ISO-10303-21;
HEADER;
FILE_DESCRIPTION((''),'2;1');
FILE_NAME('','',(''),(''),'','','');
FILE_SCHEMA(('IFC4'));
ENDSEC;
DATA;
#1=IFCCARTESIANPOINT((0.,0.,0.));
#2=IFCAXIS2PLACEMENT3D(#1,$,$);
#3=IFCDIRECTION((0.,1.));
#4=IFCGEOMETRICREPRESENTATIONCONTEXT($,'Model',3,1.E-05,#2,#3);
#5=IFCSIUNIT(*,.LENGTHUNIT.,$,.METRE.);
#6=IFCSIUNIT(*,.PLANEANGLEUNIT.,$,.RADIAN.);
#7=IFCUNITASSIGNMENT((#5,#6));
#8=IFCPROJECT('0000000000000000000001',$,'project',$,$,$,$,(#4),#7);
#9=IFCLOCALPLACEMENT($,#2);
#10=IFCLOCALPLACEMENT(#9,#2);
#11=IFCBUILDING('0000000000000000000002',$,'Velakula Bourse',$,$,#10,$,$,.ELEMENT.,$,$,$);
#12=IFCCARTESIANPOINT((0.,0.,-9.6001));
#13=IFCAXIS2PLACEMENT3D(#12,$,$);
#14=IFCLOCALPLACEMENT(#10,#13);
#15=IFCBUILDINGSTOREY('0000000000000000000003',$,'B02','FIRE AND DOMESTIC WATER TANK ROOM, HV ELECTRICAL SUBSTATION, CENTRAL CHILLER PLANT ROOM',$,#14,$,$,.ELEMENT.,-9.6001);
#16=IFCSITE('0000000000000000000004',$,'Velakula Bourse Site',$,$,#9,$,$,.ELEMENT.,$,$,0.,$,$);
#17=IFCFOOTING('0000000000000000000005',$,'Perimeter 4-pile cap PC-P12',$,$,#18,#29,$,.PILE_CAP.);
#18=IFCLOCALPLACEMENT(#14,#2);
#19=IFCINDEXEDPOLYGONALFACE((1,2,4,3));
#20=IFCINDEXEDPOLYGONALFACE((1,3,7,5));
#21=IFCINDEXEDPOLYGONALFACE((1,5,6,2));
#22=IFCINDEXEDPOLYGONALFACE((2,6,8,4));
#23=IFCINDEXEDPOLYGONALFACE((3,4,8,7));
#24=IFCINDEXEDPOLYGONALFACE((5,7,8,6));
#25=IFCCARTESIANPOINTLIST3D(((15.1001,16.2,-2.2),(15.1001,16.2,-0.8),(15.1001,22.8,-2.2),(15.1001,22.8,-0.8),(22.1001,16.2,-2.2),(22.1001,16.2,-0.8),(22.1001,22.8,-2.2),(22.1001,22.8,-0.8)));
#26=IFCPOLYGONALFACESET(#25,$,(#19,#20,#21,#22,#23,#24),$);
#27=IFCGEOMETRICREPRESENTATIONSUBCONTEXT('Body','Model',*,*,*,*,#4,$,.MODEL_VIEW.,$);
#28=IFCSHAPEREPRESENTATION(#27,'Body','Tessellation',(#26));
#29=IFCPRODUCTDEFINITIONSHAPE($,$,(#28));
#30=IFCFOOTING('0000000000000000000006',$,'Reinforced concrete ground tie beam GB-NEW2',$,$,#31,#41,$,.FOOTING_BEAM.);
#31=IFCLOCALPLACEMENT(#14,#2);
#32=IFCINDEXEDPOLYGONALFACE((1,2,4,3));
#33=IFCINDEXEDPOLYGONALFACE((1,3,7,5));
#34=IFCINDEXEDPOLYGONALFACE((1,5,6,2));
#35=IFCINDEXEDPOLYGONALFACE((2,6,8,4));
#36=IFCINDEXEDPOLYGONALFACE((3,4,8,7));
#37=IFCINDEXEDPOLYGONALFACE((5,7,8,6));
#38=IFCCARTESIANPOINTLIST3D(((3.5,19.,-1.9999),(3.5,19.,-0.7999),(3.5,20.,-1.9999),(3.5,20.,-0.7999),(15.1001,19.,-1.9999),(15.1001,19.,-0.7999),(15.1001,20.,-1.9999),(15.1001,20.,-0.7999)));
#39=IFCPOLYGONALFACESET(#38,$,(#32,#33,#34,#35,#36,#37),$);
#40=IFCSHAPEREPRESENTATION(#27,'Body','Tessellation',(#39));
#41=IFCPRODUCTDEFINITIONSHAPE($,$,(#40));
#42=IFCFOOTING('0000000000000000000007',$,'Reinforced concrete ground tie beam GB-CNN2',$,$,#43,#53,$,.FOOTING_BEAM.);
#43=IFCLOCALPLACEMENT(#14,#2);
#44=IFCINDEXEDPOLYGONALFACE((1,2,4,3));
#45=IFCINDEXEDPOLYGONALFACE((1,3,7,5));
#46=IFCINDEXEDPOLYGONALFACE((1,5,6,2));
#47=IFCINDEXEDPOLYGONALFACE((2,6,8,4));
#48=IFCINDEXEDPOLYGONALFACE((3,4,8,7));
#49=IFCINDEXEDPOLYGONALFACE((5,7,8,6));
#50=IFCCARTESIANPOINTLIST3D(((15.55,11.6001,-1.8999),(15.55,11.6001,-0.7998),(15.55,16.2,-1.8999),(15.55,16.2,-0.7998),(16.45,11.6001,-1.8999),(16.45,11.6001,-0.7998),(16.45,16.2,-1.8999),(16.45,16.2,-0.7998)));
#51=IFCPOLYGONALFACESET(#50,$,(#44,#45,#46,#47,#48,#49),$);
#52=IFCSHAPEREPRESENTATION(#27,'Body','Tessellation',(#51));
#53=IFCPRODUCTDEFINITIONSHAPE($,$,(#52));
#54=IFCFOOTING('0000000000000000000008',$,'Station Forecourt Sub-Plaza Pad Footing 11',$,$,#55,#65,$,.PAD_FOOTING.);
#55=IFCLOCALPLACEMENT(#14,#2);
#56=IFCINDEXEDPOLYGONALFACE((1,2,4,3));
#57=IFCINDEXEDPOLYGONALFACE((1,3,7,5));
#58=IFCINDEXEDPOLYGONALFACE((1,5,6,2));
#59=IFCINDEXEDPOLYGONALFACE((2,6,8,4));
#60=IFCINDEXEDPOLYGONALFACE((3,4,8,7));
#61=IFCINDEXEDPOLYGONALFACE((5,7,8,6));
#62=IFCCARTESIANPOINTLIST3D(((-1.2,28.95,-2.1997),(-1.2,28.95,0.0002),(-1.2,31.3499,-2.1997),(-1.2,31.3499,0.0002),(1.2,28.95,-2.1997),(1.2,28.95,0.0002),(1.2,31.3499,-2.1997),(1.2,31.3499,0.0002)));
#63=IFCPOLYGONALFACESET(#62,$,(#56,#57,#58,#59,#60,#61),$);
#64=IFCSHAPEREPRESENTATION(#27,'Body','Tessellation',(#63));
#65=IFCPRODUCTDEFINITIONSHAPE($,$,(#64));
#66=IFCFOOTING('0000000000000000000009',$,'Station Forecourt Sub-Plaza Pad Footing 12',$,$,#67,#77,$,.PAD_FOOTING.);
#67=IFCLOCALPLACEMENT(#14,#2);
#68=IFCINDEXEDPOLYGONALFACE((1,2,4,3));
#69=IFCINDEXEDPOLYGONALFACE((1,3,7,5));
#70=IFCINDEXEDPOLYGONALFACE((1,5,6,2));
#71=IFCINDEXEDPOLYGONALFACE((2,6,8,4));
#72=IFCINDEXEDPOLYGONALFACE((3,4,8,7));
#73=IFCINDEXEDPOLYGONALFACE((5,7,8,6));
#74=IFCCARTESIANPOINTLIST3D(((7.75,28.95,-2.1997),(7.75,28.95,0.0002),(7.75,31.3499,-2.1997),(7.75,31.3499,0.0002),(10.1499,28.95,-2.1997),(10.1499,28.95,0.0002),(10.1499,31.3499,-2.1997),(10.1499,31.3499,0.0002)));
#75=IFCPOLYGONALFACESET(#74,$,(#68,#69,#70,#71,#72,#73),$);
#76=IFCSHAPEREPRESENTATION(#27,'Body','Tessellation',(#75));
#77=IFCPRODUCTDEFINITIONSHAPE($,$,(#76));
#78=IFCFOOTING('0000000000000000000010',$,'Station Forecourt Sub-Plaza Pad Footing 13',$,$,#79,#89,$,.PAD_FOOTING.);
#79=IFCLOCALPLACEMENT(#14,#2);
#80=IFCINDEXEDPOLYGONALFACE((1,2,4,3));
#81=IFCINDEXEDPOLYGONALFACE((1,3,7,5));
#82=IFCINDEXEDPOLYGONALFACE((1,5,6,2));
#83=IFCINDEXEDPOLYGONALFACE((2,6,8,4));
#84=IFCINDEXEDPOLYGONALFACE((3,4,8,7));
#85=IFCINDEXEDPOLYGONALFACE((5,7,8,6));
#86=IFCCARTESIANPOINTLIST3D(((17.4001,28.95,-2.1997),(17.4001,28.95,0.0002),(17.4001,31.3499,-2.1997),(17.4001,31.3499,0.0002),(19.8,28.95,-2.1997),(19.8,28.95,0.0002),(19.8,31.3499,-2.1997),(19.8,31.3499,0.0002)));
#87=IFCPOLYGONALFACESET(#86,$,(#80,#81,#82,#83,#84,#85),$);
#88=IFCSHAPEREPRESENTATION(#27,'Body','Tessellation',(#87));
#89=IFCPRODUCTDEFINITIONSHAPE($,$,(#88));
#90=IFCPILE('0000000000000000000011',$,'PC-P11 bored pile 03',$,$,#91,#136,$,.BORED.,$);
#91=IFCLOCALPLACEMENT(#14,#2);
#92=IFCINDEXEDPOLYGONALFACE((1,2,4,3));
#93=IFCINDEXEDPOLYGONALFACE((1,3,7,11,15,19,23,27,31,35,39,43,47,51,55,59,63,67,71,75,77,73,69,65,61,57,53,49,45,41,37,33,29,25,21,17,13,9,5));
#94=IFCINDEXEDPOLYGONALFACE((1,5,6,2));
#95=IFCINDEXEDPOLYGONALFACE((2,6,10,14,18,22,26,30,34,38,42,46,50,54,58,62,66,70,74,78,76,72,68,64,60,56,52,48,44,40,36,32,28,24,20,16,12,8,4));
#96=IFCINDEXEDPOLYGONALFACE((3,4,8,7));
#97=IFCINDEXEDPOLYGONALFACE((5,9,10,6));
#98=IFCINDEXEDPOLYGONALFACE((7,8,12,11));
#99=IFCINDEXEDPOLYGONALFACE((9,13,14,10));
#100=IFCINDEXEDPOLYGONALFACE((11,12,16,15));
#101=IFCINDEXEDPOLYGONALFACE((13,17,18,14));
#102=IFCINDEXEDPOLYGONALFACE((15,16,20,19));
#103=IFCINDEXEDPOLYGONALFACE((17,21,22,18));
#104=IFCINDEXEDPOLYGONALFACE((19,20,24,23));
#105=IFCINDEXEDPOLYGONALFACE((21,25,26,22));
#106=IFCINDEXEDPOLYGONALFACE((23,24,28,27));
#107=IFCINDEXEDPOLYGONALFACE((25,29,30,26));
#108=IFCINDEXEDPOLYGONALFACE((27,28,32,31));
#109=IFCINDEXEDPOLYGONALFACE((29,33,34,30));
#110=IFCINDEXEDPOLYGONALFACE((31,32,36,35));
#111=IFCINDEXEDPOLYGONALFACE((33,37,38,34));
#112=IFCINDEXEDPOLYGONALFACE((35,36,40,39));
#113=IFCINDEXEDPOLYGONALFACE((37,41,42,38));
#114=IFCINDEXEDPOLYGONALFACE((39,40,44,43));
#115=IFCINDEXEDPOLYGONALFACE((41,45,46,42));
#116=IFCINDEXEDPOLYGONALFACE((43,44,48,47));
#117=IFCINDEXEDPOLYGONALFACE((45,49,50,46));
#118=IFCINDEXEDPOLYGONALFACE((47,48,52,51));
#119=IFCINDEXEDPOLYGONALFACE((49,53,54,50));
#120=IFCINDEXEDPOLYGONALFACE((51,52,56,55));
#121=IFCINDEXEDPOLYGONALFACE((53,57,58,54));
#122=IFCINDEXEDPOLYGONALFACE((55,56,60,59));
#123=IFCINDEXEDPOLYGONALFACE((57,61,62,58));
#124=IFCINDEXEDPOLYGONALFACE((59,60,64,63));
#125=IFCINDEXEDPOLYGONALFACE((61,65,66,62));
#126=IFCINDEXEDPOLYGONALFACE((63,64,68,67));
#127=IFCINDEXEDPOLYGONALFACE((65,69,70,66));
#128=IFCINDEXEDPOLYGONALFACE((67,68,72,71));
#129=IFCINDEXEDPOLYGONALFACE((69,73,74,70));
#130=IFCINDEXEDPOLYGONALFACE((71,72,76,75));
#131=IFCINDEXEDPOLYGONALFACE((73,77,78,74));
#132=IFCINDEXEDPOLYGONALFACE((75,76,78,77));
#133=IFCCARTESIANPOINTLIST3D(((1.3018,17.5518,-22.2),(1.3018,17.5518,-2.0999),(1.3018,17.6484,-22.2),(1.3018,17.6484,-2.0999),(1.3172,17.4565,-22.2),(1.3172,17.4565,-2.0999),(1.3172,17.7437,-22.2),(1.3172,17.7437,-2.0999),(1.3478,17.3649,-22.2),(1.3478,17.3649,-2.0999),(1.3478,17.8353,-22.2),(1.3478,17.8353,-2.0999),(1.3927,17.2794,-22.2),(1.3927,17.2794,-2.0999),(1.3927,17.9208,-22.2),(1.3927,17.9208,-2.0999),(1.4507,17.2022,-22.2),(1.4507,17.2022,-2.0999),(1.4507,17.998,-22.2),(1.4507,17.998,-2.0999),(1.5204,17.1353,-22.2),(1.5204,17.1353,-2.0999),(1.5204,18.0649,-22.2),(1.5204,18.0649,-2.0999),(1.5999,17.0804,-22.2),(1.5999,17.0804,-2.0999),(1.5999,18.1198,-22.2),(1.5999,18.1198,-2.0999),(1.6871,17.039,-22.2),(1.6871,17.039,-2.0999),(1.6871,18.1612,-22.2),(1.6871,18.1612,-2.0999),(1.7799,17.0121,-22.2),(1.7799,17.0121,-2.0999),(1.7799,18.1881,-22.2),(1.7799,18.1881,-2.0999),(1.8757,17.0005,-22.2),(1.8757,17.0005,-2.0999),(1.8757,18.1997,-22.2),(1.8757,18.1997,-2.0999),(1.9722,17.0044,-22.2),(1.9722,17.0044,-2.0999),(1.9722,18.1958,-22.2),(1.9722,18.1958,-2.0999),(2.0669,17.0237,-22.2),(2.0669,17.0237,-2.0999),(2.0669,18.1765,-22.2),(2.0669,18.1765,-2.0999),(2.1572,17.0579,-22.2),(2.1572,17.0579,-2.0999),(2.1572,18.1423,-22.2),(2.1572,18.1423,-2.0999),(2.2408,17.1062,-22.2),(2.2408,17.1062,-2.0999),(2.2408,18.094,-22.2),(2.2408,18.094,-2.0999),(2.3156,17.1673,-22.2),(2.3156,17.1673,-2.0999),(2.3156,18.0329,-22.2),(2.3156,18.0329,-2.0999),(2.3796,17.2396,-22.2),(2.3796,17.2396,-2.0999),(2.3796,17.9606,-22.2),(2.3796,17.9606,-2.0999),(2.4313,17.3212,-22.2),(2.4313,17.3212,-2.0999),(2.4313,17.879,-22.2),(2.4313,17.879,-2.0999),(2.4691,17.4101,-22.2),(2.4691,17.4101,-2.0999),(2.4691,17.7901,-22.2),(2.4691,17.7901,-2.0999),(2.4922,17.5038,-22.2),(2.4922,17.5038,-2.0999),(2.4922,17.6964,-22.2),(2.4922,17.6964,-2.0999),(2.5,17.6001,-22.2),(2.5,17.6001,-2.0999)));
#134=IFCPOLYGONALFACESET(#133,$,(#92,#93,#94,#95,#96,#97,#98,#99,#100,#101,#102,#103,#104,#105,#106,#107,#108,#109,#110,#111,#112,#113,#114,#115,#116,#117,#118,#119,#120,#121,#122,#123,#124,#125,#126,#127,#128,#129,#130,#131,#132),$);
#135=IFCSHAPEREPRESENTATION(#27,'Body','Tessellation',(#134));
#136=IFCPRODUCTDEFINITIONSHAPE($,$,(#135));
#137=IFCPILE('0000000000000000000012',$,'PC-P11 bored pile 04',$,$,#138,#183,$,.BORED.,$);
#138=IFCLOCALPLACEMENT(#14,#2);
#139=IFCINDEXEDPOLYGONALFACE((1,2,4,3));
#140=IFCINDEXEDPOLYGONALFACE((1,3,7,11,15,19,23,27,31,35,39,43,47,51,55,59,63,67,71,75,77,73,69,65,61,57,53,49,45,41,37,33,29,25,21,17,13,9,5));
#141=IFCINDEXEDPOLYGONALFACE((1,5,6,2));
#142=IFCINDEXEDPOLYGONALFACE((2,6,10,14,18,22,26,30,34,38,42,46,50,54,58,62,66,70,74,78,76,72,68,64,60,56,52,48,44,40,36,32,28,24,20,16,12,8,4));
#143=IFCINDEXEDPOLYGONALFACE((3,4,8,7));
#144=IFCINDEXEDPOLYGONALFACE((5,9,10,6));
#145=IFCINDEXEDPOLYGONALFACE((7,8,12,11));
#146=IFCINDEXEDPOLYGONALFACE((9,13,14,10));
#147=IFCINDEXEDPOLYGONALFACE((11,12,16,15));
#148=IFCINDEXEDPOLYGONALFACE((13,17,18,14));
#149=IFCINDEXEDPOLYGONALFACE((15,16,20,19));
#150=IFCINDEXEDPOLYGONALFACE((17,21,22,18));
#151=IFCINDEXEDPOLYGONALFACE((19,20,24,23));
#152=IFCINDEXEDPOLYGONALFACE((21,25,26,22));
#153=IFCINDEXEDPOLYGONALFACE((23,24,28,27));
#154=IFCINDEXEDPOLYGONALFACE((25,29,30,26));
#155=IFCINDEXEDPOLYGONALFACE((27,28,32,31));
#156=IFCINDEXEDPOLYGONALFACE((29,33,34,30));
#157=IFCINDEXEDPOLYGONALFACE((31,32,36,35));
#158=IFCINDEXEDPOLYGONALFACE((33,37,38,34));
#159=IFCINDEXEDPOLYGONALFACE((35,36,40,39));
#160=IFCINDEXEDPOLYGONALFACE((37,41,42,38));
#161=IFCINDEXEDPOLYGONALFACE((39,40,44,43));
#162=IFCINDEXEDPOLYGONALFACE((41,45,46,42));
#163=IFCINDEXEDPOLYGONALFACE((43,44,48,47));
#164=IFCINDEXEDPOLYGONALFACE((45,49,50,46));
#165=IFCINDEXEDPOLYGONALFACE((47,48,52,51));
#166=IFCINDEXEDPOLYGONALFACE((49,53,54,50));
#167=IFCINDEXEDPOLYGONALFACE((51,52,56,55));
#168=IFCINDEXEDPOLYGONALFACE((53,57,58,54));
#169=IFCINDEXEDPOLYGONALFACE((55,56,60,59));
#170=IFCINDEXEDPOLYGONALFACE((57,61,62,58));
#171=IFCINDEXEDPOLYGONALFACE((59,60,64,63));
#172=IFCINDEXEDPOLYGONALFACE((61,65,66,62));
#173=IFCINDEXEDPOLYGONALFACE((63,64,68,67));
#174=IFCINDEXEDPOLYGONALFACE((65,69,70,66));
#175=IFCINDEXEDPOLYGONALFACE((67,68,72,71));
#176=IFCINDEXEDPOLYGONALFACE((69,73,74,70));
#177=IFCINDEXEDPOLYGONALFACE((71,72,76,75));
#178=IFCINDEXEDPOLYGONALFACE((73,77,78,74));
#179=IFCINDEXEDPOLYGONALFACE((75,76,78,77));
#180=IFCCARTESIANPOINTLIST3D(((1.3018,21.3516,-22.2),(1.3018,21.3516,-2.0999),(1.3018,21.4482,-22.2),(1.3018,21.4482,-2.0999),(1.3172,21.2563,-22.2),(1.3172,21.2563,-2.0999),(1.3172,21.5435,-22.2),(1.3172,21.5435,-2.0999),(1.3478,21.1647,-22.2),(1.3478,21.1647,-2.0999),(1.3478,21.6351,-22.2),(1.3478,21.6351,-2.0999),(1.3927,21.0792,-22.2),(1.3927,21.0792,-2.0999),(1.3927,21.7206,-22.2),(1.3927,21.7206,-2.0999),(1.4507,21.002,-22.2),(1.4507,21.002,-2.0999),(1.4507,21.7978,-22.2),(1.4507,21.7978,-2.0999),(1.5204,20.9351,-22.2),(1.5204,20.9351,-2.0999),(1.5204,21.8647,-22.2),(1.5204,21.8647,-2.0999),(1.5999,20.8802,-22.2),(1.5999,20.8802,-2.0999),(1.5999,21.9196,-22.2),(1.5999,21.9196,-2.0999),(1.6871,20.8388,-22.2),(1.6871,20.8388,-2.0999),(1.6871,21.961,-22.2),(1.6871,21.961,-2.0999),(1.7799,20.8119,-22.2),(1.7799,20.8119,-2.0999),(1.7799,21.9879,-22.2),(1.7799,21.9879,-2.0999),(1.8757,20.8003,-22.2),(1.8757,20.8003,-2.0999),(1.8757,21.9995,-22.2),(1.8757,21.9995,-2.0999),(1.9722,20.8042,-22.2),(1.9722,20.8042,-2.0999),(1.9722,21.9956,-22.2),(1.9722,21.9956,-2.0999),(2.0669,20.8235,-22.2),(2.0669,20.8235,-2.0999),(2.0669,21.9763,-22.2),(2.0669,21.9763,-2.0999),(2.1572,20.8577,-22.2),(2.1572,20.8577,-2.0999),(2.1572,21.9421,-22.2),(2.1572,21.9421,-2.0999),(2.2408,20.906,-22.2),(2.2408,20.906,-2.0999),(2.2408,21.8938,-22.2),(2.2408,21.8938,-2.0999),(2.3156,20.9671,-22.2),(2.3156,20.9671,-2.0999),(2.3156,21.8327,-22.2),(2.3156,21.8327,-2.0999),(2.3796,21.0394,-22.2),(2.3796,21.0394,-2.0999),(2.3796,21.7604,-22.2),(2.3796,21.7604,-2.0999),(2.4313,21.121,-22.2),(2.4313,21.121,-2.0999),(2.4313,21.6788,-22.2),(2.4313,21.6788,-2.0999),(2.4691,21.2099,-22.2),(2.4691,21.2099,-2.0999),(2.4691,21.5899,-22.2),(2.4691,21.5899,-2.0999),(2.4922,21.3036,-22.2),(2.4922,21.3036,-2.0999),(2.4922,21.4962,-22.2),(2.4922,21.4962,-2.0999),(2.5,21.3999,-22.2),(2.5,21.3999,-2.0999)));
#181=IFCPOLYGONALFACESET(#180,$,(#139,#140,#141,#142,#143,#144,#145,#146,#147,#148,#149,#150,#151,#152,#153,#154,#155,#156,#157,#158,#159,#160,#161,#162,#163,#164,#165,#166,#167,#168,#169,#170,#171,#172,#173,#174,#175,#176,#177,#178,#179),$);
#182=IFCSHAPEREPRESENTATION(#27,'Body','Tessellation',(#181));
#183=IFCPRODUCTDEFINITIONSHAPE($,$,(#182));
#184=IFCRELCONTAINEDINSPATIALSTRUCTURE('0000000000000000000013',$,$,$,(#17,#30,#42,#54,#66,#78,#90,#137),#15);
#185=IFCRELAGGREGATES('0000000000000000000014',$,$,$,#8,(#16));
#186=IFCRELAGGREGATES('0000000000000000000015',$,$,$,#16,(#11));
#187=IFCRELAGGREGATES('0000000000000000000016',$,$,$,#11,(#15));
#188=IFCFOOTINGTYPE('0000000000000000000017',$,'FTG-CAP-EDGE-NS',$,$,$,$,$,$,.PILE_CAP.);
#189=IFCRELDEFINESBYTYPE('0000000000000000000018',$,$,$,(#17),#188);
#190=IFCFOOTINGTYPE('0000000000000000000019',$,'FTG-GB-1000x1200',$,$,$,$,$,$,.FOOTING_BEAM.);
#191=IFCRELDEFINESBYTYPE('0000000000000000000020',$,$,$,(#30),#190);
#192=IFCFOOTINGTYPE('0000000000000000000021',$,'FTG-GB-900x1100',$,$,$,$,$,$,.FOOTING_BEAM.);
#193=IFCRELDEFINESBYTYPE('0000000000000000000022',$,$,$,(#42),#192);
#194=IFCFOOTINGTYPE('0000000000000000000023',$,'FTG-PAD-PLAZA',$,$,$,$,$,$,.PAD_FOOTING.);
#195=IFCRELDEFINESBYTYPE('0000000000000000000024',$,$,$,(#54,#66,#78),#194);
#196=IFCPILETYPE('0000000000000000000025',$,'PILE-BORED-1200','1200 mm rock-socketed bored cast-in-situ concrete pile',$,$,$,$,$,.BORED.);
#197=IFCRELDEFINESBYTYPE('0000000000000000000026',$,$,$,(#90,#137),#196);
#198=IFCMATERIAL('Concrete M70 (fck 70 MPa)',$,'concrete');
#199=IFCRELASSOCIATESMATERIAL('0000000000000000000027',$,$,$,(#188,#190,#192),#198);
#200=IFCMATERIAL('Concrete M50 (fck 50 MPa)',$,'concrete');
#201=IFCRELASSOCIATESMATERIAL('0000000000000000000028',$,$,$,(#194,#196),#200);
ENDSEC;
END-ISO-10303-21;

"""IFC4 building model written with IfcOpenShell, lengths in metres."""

from ifc_helpers import new_model, si_unit, direction, frame, origin, origin_2d, place, context, subcontext, project, spatial, rectangle, circle, extrude, material, material_profile, profile_set, type_object, element, save


model = new_model("IFC4")

# Units and contexts
model_context = context("Model", 3, precision=1e-05, world=origin(), true_north=direction((0.0, 1.0)))
body_context = subcontext(model_context, "Body", "Model", "MODEL_VIEW")
ifc_project = project(units=[si_unit("LENGTHUNIT", "METRE"), si_unit("PLANEANGLEUNIT", "RADIAN")], contexts=[model_context])

# Site, building, storey
site_placement = place(None, origin())
site = spatial("IfcSite", under=ifc_project, at=site_placement, Name="Velakula Bourse Site", CompositionType="ELEMENT", RefElevation=0.0)
building_placement = place(site_placement, origin())
building = spatial("IfcBuilding", under=site, at=building_placement, Name="Velakula Bourse", CompositionType="ELEMENT")
storey_placement = place(building_placement, frame((0.0, 0.0, -9.6001)))
storey = spatial("IfcBuildingStorey", under=building, at=storey_placement, Name="B02", Description="FIRE AND DOMESTIC WATER TANK ROOM, HV ELECTRICAL SUBSTATION, CENTRAL CHILLER PLANT ROOM", CompositionType="ELEMENT", Elevation=-9.6001)

# Footings
ifc_material_1 = material(Name="Concrete M70 (fck 70 MPa)", Category="concrete")
footing_type_1 = type_object("IfcFootingType", Name="FTG-CAP-EDGE-NS", PredefinedType="PILE_CAP", material=ifc_material_1)
footing_1_placement = place(storey_placement, frame((18.6001, 19.5, -2.2), z_axis=(0.0, 0.0, 1.0), x_axis=(1.0, 0.0, 0.0)))
element("IfcFooting", 1, at=footing_1_placement, inside=storey, type_object=footing_type_1, Name="Perimeter 4-pile cap PC-P12", PredefinedType="PILE_CAP", context=body_context, shape_type="SweptSolid", body=[
    extrude(rectangle(XDim=7.0, YDim=6.6001, at=origin_2d()), origin(), (0.0, 0.0, 1.0), 1.3999),
])
ifc_material_profile_1 = material_profile(ifc_material_1, rectangle(XDim=1.0, YDim=1.2, at=origin_2d()), Name="Concrete M70 (fck 70 MPa)")
ifc_profile_set_1 = profile_set([ifc_material_profile_1], Name="Concrete M70 (fck 70 MPa)")
footing_type_2 = type_object("IfcFootingType", Name="FTG-GB-1000x1200", PredefinedType="FOOTING_BEAM", material=ifc_profile_set_1)
footing_2_placement = place(storey_placement, frame((3.5, 19.5, -1.3999), z_axis=(1.0, 0.0, 0.0), x_axis=(0.0, 1.0, 0.0)))
element("IfcFooting", 2, at=footing_2_placement, inside=storey, type_object=footing_type_2, Name="Reinforced concrete ground tie beam GB-NEW2", PredefinedType="FOOTING_BEAM", context=body_context, shape_type="SweptSolid", body=[
    extrude(rectangle(XDim=1.0, YDim=1.2, at=origin_2d()), origin(), (0.0, 0.0, 1.0), 11.6001),
])
ifc_material_profile_2 = material_profile(ifc_material_1, rectangle(XDim=0.8999, YDim=1.1001, at=origin_2d()), Name="Concrete M70 (fck 70 MPa)")
ifc_profile_set_2 = profile_set([ifc_material_profile_2], Name="Concrete M70 (fck 70 MPa)")
footing_type_3 = type_object("IfcFootingType", Name="FTG-GB-900x1100", PredefinedType="FOOTING_BEAM", material=ifc_profile_set_2)
footing_3_placement = place(storey_placement, frame((16.0, 11.6001, -1.3499), z_axis=(0.0, 1.0, 0.0), x_axis=(-1.0, 0.0, 0.0)))
element("IfcFooting", 3, at=footing_3_placement, inside=storey, type_object=footing_type_3, Name="Reinforced concrete ground tie beam GB-CNN2", PredefinedType="FOOTING_BEAM", context=body_context, shape_type="SweptSolid", body=[
    extrude(rectangle(XDim=0.8999, YDim=1.1001, at=origin_2d()), origin(), (0.0, 0.0, 1.0), 4.5999),
])
ifc_material_2 = material(Name="Concrete M50 (fck 50 MPa)", Category="concrete")
footing_type_4 = type_object("IfcFootingType", Name="FTG-PAD-PLAZA", PredefinedType="PAD_FOOTING", material=ifc_material_2)
for number, where, z_axis, x_axis, name in (
    (4, (0.0, 30.1499, -2.1997), (0.0, 0.0, 1.0), (1.0, 0.0, 0.0), "Station Forecourt Sub-Plaza Pad Footing 11"),
    (5, (8.95, 30.1499, -2.1997), (0.0, 0.0, 1.0), (1.0, 0.0, 0.0), "Station Forecourt Sub-Plaza Pad Footing 12"),
    (6, (18.6001, 30.1499, -2.1997), (0.0, 0.0, 1.0), (1.0, 0.0, 0.0), "Station Forecourt Sub-Plaza Pad Footing 13"),
):
    element("IfcFooting", number, at=place(storey_placement, frame(where, z_axis=z_axis, x_axis=x_axis)), inside=storey, type_object=footing_type_4, Name=name, PredefinedType="PAD_FOOTING", context=body_context, shape_type="SweptSolid", body=[
        extrude(rectangle(XDim=2.3999, YDim=2.3999, at=origin_2d()), origin(), (0.0, 0.0, 1.0), 2.2),
    ])

# Piles
ifc_material_profile_3 = material_profile(ifc_material_2, circle(Radius=0.6001, at=origin_2d()), Name="Concrete M50 (fck 50 MPa)")
ifc_profile_set_3 = profile_set([ifc_material_profile_3], Name="Concrete M50 (fck 50 MPa)")
pile_type_1 = type_object("IfcPileType", Name="PILE-BORED-1200", Description="1200 mm rock-socketed bored cast-in-situ concrete pile", PredefinedType="BORED", material=ifc_profile_set_3)
for number, where, z_axis, x_axis, name in (
    (7, (1.8999, 17.6001, -2.0999), (0.0, 0.0, -1.0), (1.0, 0.0, 0.0), "PC-P11 bored pile 03"),
    (8, (1.8999, 21.3999, -2.0999), (0.0, 0.0, -1.0), (1.0, 0.0, 0.0), "PC-P11 bored pile 04"),
):
    element("IfcPile", number, at=place(storey_placement, frame(where, z_axis=z_axis, x_axis=x_axis)), inside=storey, type_object=pile_type_1, Name=name, PredefinedType="BORED", context=body_context, shape_type="SweptSolid", body=[
        extrude(circle(Radius=0.6001, at=origin_2d()), origin(), (0.0, 0.0, 1.0), 20.1001),
    ])

save(model, "model.ifc")
